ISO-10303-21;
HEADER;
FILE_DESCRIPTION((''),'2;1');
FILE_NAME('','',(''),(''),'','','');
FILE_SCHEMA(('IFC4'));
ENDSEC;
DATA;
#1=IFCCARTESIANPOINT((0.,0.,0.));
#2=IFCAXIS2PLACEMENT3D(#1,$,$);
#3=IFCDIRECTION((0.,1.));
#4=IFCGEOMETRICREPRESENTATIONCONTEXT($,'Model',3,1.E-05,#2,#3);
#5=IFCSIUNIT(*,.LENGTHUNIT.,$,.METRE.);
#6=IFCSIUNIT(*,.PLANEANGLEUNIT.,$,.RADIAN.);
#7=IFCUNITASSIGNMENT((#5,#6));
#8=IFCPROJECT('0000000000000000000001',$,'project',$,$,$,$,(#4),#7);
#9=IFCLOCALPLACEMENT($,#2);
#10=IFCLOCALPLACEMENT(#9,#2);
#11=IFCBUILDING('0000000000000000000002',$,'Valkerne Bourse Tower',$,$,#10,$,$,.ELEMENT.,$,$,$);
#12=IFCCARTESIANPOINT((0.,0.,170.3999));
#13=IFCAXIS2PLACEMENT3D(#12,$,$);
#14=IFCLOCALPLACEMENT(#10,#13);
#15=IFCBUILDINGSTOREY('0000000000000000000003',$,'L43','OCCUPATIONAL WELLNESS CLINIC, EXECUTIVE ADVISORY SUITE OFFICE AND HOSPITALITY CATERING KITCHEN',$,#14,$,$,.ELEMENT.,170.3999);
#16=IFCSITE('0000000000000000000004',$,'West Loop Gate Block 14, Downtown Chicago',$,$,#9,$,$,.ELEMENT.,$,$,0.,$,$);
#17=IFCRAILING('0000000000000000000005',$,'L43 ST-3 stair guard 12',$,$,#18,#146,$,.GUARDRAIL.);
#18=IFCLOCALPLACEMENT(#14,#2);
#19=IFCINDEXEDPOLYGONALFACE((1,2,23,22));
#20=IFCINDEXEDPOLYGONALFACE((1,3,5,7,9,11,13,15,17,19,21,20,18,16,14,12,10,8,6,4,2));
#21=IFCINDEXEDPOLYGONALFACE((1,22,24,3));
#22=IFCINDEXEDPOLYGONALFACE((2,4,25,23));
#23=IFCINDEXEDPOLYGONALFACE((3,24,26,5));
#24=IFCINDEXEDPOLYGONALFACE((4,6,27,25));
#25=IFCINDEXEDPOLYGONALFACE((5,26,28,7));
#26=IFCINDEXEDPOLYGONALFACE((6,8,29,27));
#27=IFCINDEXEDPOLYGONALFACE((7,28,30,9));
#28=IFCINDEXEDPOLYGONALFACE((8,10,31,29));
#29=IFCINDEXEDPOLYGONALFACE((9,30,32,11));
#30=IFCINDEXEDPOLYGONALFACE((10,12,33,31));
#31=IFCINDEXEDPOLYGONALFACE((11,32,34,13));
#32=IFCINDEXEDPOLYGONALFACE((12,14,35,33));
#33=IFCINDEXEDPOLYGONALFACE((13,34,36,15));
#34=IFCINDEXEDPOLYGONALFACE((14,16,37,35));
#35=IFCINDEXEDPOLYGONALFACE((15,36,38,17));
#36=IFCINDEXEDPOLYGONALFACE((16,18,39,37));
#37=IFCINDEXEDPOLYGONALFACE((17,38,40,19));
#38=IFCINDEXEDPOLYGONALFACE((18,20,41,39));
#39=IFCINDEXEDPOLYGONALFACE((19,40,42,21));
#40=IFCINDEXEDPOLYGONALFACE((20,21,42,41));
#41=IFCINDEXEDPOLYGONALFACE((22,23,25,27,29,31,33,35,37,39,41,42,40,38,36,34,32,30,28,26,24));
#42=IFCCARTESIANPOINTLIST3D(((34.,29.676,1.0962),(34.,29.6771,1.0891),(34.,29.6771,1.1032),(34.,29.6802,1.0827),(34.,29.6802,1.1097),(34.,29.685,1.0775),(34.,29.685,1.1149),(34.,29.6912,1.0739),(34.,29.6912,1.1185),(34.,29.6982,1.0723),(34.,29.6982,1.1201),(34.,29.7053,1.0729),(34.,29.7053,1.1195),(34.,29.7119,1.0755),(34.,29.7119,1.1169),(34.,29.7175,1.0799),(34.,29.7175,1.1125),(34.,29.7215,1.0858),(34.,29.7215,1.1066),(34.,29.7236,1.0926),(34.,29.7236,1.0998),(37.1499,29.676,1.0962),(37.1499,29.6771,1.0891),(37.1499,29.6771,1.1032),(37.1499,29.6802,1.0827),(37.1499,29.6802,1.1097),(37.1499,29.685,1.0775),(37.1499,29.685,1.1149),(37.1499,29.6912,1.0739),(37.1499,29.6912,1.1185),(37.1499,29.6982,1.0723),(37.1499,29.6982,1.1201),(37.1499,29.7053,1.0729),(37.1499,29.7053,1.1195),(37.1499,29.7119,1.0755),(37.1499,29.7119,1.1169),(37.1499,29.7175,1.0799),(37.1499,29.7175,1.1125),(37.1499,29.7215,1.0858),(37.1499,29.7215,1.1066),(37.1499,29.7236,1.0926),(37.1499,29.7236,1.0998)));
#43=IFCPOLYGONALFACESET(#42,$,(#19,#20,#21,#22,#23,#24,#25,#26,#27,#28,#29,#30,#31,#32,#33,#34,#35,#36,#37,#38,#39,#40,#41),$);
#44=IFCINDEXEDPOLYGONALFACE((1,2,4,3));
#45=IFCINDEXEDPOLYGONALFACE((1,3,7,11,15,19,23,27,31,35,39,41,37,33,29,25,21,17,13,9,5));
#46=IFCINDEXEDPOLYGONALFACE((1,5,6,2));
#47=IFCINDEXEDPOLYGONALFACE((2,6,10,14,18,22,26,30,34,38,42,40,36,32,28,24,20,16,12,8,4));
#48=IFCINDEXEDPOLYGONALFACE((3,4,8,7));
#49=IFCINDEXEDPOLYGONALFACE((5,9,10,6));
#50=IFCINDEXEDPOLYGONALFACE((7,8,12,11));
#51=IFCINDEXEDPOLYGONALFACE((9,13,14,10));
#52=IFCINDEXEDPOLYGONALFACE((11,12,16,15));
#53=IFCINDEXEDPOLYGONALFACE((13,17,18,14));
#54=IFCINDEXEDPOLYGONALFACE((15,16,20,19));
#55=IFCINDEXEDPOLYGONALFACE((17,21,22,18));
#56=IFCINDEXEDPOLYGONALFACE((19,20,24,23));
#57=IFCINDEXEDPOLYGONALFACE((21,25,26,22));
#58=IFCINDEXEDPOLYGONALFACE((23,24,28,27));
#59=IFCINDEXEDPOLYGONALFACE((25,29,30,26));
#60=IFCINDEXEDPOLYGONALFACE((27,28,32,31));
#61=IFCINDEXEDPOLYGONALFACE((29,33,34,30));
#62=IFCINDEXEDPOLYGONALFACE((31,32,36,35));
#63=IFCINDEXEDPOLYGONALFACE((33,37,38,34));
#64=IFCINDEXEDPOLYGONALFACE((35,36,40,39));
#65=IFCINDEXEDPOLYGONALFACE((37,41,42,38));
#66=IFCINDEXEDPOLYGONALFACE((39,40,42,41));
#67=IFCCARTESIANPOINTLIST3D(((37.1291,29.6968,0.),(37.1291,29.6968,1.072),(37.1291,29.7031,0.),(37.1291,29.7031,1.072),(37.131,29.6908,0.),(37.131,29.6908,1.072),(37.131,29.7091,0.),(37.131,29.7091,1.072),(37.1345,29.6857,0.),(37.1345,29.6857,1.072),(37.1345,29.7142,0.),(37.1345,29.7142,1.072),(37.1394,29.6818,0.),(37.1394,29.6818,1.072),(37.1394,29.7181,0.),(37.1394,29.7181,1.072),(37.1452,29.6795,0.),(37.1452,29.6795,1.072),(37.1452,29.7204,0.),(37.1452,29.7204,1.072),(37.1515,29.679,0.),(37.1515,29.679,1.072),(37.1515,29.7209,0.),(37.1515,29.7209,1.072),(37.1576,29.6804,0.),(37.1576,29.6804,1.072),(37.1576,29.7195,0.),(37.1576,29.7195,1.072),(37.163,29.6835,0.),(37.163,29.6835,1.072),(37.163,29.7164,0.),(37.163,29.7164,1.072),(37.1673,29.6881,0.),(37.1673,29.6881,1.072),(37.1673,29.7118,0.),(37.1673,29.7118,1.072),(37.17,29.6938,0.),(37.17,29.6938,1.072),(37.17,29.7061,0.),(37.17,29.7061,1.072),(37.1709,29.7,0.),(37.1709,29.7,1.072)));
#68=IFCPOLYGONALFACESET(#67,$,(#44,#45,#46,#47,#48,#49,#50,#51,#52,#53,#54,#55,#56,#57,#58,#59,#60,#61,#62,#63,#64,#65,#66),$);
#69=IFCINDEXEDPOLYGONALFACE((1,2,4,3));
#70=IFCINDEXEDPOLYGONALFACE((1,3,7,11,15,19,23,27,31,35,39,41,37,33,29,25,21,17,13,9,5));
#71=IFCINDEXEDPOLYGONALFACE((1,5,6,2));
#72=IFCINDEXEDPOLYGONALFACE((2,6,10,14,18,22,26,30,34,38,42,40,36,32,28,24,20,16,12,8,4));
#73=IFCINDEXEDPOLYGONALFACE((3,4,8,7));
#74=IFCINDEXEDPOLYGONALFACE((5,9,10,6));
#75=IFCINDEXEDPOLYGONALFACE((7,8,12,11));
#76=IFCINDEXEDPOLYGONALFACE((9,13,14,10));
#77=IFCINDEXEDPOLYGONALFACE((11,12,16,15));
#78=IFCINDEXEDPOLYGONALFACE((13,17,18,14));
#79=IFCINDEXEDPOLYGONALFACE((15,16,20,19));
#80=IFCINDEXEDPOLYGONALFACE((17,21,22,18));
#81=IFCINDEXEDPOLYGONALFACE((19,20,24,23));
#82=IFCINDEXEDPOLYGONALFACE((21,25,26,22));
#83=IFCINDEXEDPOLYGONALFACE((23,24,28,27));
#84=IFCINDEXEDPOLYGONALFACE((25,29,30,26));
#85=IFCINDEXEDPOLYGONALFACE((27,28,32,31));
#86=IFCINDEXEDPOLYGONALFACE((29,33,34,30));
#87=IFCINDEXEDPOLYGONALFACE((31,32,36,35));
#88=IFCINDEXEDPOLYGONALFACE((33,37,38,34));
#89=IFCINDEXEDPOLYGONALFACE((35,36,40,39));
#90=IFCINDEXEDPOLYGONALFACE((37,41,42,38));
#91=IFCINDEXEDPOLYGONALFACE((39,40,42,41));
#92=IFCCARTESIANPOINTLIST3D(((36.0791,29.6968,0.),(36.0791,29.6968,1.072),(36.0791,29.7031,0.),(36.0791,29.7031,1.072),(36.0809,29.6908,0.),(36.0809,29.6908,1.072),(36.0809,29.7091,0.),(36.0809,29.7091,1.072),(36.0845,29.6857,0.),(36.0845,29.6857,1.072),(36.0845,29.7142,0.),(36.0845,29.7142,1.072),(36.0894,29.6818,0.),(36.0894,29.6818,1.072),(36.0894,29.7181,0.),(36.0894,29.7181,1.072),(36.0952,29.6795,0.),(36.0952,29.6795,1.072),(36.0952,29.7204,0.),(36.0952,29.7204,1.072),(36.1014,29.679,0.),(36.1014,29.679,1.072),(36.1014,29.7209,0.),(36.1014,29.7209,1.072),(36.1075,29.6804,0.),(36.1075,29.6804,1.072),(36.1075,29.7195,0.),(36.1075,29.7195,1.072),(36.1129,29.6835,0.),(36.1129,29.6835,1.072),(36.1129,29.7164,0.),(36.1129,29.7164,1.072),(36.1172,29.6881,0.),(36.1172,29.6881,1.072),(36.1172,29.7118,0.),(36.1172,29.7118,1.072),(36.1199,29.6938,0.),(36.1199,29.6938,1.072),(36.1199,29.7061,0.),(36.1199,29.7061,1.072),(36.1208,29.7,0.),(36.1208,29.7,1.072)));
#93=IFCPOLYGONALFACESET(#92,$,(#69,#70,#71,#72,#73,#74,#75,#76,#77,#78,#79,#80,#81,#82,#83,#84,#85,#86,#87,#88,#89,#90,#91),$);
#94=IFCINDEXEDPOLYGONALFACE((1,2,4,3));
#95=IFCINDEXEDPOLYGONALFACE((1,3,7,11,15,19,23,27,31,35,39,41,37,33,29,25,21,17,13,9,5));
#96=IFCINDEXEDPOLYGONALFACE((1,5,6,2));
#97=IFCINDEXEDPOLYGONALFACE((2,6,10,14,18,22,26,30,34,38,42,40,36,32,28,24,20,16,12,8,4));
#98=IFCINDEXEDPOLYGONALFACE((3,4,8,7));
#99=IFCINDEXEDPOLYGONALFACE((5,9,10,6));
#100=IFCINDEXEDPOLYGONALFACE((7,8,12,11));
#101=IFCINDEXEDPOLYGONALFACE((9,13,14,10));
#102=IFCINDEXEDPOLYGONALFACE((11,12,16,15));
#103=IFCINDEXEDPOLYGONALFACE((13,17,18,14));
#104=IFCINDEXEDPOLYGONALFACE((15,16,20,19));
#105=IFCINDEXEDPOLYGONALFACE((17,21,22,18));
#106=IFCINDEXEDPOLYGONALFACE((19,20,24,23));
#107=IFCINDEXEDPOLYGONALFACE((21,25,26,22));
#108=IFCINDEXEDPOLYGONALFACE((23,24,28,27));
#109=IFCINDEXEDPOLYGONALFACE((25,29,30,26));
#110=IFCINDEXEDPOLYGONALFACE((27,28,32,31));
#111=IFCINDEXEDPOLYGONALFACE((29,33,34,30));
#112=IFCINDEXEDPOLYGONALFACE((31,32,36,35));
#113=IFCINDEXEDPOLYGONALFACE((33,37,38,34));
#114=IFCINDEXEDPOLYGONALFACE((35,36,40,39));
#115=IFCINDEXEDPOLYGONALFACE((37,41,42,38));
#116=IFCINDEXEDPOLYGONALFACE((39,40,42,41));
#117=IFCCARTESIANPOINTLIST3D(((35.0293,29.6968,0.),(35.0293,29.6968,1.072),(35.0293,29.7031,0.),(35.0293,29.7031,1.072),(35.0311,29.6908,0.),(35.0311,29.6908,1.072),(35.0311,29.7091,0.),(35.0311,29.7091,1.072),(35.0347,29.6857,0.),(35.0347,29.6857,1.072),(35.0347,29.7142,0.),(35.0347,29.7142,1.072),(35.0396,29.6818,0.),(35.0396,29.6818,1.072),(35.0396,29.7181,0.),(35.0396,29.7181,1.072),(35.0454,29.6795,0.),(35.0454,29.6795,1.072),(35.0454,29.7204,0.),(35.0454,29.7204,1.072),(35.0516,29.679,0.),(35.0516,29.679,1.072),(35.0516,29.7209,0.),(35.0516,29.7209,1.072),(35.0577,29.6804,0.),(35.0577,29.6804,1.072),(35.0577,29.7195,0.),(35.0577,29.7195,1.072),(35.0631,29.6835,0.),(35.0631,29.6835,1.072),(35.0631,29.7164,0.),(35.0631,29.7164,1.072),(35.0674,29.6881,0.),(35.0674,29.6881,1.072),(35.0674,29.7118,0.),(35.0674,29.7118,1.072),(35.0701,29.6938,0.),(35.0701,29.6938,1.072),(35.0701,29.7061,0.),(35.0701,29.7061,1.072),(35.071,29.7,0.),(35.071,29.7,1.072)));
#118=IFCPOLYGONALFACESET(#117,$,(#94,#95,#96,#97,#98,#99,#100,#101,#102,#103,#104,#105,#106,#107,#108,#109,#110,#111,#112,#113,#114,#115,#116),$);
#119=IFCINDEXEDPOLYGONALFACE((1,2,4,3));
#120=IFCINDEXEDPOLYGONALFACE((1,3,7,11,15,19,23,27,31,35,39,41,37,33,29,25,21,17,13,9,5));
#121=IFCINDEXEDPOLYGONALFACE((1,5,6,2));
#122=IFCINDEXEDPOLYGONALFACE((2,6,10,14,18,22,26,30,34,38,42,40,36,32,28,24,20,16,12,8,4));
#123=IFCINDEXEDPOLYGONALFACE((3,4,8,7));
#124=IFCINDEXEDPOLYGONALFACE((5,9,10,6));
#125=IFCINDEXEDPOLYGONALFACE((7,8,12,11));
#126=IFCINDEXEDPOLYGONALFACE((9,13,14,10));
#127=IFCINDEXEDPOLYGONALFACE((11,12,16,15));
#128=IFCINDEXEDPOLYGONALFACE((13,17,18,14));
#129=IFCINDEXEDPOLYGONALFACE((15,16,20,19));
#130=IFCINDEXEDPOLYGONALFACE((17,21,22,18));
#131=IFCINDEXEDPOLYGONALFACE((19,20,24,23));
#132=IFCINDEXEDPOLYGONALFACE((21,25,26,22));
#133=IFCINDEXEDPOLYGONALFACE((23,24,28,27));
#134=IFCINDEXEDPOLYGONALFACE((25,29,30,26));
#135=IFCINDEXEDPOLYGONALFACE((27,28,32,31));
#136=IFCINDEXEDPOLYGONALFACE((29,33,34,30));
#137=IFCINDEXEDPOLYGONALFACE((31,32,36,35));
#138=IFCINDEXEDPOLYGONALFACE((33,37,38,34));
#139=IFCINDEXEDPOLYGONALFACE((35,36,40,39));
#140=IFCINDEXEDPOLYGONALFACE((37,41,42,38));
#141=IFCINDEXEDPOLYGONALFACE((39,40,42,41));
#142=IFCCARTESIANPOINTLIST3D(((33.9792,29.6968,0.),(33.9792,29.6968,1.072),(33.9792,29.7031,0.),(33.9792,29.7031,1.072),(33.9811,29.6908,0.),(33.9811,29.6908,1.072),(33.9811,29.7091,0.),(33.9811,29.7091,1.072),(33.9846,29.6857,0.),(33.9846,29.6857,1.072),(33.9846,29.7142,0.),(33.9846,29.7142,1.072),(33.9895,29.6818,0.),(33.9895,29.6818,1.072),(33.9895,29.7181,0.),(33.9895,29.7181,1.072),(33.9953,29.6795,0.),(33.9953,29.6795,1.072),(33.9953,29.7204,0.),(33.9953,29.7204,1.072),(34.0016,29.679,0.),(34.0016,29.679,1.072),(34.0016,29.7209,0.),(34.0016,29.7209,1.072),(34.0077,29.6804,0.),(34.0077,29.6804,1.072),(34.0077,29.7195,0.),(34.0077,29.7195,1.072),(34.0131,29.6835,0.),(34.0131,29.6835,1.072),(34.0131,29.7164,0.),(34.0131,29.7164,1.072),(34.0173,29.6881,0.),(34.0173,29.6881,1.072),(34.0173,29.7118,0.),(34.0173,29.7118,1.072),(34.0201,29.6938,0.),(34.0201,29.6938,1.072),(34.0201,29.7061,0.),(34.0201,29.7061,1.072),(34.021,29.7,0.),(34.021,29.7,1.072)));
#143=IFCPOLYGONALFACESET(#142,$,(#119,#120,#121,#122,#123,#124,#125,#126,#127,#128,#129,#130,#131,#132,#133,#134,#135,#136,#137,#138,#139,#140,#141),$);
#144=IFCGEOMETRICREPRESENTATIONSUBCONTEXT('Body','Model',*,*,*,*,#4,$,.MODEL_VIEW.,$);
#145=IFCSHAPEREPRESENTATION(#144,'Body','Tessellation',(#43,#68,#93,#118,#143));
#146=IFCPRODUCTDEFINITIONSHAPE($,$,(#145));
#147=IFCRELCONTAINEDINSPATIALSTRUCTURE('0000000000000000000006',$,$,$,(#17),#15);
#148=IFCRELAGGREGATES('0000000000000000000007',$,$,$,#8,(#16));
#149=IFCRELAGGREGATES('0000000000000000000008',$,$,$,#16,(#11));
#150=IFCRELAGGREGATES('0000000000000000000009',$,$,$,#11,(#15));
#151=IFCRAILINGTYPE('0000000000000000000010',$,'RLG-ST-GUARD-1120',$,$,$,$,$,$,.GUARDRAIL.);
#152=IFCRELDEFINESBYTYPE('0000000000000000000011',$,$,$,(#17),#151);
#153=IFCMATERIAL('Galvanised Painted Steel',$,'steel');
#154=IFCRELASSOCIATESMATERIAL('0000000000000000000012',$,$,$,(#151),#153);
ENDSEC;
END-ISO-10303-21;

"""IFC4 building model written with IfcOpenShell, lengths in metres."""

from ifc_helpers import new_model, si_unit, direction, frame, origin, origin_2d, place, context, subcontext, project, spatial, circle, extrude, material, type_object, element, save


model = new_model("IFC4")

# Units and contexts
model_context = context("Model", 3, precision=1e-05, world=origin(), true_north=direction((0.0, 1.0)))
body_context = subcontext(model_context, "Body", "Model", "MODEL_VIEW")
ifc_project = project(units=[si_unit("LENGTHUNIT", "METRE"), si_unit("PLANEANGLEUNIT", "RADIAN")], contexts=[model_context])

# Site, building, storey
site_placement = place(None, origin())
site = spatial("IfcSite", under=ifc_project, at=site_placement, Name="West Loop Gate Block 14, Downtown Chicago", CompositionType="ELEMENT", RefElevation=0.0)
building_placement = place(site_placement, origin())
building = spatial("IfcBuilding", under=site, at=building_placement, Name="Valkerne Bourse Tower", CompositionType="ELEMENT")
storey_placement = place(building_placement, frame((0.0, 0.0, 170.3999)))
storey = spatial("IfcBuildingStorey", under=building, at=storey_placement, Name="L43", Description="OCCUPATIONAL WELLNESS CLINIC, EXECUTIVE ADVISORY SUITE OFFICE AND HOSPITALITY CATERING KITCHEN", CompositionType="ELEMENT", Elevation=170.3999)

# Railing
ifc_material_1 = material(Name="Galvanised Painted Steel", Category="steel")
railing_type_1 = type_object("IfcRailingType", Name="RLG-ST-GUARD-1120", PredefinedType="GUARDRAIL", material=ifc_material_1)
railing_1_placement = place(storey_placement, frame((37.1499, 29.7, 0.0)))
element("IfcRailing", 1, at=railing_1_placement, inside=storey, type_object=railing_type_1, Name="L43 ST-3 stair guard 12", PredefinedType="GUARDRAIL", context=body_context, shape_type="SweptSolid", body=[
    extrude(circle(Radius=0.0239, at=origin_2d()), frame((0.0, 0.0, 1.0962), z_axis=(-1.0, 0.0, 0.0), x_axis=(0.0, -1.0, 0.0)), (0.0, 0.0, 1.0), 3.1499),
    extrude(circle(Radius=0.021, at=origin_2d()), origin(), (0.0, 0.0, 1.0), 1.072),
    extrude(circle(Radius=0.021, at=origin_2d()), frame((-1.05, 0.0, 0.0)), (0.0, 0.0, 1.0), 1.072),
    extrude(circle(Radius=0.021, at=origin_2d()), frame((-2.0999, 0.0, 0.0)), (0.0, 0.0, 1.0), 1.072),
    extrude(circle(Radius=0.021, at=origin_2d()), frame((-3.1499, 0.0, 0.0)), (0.0, 0.0, 1.0), 1.072),
])

save(model, "model.ifc")
